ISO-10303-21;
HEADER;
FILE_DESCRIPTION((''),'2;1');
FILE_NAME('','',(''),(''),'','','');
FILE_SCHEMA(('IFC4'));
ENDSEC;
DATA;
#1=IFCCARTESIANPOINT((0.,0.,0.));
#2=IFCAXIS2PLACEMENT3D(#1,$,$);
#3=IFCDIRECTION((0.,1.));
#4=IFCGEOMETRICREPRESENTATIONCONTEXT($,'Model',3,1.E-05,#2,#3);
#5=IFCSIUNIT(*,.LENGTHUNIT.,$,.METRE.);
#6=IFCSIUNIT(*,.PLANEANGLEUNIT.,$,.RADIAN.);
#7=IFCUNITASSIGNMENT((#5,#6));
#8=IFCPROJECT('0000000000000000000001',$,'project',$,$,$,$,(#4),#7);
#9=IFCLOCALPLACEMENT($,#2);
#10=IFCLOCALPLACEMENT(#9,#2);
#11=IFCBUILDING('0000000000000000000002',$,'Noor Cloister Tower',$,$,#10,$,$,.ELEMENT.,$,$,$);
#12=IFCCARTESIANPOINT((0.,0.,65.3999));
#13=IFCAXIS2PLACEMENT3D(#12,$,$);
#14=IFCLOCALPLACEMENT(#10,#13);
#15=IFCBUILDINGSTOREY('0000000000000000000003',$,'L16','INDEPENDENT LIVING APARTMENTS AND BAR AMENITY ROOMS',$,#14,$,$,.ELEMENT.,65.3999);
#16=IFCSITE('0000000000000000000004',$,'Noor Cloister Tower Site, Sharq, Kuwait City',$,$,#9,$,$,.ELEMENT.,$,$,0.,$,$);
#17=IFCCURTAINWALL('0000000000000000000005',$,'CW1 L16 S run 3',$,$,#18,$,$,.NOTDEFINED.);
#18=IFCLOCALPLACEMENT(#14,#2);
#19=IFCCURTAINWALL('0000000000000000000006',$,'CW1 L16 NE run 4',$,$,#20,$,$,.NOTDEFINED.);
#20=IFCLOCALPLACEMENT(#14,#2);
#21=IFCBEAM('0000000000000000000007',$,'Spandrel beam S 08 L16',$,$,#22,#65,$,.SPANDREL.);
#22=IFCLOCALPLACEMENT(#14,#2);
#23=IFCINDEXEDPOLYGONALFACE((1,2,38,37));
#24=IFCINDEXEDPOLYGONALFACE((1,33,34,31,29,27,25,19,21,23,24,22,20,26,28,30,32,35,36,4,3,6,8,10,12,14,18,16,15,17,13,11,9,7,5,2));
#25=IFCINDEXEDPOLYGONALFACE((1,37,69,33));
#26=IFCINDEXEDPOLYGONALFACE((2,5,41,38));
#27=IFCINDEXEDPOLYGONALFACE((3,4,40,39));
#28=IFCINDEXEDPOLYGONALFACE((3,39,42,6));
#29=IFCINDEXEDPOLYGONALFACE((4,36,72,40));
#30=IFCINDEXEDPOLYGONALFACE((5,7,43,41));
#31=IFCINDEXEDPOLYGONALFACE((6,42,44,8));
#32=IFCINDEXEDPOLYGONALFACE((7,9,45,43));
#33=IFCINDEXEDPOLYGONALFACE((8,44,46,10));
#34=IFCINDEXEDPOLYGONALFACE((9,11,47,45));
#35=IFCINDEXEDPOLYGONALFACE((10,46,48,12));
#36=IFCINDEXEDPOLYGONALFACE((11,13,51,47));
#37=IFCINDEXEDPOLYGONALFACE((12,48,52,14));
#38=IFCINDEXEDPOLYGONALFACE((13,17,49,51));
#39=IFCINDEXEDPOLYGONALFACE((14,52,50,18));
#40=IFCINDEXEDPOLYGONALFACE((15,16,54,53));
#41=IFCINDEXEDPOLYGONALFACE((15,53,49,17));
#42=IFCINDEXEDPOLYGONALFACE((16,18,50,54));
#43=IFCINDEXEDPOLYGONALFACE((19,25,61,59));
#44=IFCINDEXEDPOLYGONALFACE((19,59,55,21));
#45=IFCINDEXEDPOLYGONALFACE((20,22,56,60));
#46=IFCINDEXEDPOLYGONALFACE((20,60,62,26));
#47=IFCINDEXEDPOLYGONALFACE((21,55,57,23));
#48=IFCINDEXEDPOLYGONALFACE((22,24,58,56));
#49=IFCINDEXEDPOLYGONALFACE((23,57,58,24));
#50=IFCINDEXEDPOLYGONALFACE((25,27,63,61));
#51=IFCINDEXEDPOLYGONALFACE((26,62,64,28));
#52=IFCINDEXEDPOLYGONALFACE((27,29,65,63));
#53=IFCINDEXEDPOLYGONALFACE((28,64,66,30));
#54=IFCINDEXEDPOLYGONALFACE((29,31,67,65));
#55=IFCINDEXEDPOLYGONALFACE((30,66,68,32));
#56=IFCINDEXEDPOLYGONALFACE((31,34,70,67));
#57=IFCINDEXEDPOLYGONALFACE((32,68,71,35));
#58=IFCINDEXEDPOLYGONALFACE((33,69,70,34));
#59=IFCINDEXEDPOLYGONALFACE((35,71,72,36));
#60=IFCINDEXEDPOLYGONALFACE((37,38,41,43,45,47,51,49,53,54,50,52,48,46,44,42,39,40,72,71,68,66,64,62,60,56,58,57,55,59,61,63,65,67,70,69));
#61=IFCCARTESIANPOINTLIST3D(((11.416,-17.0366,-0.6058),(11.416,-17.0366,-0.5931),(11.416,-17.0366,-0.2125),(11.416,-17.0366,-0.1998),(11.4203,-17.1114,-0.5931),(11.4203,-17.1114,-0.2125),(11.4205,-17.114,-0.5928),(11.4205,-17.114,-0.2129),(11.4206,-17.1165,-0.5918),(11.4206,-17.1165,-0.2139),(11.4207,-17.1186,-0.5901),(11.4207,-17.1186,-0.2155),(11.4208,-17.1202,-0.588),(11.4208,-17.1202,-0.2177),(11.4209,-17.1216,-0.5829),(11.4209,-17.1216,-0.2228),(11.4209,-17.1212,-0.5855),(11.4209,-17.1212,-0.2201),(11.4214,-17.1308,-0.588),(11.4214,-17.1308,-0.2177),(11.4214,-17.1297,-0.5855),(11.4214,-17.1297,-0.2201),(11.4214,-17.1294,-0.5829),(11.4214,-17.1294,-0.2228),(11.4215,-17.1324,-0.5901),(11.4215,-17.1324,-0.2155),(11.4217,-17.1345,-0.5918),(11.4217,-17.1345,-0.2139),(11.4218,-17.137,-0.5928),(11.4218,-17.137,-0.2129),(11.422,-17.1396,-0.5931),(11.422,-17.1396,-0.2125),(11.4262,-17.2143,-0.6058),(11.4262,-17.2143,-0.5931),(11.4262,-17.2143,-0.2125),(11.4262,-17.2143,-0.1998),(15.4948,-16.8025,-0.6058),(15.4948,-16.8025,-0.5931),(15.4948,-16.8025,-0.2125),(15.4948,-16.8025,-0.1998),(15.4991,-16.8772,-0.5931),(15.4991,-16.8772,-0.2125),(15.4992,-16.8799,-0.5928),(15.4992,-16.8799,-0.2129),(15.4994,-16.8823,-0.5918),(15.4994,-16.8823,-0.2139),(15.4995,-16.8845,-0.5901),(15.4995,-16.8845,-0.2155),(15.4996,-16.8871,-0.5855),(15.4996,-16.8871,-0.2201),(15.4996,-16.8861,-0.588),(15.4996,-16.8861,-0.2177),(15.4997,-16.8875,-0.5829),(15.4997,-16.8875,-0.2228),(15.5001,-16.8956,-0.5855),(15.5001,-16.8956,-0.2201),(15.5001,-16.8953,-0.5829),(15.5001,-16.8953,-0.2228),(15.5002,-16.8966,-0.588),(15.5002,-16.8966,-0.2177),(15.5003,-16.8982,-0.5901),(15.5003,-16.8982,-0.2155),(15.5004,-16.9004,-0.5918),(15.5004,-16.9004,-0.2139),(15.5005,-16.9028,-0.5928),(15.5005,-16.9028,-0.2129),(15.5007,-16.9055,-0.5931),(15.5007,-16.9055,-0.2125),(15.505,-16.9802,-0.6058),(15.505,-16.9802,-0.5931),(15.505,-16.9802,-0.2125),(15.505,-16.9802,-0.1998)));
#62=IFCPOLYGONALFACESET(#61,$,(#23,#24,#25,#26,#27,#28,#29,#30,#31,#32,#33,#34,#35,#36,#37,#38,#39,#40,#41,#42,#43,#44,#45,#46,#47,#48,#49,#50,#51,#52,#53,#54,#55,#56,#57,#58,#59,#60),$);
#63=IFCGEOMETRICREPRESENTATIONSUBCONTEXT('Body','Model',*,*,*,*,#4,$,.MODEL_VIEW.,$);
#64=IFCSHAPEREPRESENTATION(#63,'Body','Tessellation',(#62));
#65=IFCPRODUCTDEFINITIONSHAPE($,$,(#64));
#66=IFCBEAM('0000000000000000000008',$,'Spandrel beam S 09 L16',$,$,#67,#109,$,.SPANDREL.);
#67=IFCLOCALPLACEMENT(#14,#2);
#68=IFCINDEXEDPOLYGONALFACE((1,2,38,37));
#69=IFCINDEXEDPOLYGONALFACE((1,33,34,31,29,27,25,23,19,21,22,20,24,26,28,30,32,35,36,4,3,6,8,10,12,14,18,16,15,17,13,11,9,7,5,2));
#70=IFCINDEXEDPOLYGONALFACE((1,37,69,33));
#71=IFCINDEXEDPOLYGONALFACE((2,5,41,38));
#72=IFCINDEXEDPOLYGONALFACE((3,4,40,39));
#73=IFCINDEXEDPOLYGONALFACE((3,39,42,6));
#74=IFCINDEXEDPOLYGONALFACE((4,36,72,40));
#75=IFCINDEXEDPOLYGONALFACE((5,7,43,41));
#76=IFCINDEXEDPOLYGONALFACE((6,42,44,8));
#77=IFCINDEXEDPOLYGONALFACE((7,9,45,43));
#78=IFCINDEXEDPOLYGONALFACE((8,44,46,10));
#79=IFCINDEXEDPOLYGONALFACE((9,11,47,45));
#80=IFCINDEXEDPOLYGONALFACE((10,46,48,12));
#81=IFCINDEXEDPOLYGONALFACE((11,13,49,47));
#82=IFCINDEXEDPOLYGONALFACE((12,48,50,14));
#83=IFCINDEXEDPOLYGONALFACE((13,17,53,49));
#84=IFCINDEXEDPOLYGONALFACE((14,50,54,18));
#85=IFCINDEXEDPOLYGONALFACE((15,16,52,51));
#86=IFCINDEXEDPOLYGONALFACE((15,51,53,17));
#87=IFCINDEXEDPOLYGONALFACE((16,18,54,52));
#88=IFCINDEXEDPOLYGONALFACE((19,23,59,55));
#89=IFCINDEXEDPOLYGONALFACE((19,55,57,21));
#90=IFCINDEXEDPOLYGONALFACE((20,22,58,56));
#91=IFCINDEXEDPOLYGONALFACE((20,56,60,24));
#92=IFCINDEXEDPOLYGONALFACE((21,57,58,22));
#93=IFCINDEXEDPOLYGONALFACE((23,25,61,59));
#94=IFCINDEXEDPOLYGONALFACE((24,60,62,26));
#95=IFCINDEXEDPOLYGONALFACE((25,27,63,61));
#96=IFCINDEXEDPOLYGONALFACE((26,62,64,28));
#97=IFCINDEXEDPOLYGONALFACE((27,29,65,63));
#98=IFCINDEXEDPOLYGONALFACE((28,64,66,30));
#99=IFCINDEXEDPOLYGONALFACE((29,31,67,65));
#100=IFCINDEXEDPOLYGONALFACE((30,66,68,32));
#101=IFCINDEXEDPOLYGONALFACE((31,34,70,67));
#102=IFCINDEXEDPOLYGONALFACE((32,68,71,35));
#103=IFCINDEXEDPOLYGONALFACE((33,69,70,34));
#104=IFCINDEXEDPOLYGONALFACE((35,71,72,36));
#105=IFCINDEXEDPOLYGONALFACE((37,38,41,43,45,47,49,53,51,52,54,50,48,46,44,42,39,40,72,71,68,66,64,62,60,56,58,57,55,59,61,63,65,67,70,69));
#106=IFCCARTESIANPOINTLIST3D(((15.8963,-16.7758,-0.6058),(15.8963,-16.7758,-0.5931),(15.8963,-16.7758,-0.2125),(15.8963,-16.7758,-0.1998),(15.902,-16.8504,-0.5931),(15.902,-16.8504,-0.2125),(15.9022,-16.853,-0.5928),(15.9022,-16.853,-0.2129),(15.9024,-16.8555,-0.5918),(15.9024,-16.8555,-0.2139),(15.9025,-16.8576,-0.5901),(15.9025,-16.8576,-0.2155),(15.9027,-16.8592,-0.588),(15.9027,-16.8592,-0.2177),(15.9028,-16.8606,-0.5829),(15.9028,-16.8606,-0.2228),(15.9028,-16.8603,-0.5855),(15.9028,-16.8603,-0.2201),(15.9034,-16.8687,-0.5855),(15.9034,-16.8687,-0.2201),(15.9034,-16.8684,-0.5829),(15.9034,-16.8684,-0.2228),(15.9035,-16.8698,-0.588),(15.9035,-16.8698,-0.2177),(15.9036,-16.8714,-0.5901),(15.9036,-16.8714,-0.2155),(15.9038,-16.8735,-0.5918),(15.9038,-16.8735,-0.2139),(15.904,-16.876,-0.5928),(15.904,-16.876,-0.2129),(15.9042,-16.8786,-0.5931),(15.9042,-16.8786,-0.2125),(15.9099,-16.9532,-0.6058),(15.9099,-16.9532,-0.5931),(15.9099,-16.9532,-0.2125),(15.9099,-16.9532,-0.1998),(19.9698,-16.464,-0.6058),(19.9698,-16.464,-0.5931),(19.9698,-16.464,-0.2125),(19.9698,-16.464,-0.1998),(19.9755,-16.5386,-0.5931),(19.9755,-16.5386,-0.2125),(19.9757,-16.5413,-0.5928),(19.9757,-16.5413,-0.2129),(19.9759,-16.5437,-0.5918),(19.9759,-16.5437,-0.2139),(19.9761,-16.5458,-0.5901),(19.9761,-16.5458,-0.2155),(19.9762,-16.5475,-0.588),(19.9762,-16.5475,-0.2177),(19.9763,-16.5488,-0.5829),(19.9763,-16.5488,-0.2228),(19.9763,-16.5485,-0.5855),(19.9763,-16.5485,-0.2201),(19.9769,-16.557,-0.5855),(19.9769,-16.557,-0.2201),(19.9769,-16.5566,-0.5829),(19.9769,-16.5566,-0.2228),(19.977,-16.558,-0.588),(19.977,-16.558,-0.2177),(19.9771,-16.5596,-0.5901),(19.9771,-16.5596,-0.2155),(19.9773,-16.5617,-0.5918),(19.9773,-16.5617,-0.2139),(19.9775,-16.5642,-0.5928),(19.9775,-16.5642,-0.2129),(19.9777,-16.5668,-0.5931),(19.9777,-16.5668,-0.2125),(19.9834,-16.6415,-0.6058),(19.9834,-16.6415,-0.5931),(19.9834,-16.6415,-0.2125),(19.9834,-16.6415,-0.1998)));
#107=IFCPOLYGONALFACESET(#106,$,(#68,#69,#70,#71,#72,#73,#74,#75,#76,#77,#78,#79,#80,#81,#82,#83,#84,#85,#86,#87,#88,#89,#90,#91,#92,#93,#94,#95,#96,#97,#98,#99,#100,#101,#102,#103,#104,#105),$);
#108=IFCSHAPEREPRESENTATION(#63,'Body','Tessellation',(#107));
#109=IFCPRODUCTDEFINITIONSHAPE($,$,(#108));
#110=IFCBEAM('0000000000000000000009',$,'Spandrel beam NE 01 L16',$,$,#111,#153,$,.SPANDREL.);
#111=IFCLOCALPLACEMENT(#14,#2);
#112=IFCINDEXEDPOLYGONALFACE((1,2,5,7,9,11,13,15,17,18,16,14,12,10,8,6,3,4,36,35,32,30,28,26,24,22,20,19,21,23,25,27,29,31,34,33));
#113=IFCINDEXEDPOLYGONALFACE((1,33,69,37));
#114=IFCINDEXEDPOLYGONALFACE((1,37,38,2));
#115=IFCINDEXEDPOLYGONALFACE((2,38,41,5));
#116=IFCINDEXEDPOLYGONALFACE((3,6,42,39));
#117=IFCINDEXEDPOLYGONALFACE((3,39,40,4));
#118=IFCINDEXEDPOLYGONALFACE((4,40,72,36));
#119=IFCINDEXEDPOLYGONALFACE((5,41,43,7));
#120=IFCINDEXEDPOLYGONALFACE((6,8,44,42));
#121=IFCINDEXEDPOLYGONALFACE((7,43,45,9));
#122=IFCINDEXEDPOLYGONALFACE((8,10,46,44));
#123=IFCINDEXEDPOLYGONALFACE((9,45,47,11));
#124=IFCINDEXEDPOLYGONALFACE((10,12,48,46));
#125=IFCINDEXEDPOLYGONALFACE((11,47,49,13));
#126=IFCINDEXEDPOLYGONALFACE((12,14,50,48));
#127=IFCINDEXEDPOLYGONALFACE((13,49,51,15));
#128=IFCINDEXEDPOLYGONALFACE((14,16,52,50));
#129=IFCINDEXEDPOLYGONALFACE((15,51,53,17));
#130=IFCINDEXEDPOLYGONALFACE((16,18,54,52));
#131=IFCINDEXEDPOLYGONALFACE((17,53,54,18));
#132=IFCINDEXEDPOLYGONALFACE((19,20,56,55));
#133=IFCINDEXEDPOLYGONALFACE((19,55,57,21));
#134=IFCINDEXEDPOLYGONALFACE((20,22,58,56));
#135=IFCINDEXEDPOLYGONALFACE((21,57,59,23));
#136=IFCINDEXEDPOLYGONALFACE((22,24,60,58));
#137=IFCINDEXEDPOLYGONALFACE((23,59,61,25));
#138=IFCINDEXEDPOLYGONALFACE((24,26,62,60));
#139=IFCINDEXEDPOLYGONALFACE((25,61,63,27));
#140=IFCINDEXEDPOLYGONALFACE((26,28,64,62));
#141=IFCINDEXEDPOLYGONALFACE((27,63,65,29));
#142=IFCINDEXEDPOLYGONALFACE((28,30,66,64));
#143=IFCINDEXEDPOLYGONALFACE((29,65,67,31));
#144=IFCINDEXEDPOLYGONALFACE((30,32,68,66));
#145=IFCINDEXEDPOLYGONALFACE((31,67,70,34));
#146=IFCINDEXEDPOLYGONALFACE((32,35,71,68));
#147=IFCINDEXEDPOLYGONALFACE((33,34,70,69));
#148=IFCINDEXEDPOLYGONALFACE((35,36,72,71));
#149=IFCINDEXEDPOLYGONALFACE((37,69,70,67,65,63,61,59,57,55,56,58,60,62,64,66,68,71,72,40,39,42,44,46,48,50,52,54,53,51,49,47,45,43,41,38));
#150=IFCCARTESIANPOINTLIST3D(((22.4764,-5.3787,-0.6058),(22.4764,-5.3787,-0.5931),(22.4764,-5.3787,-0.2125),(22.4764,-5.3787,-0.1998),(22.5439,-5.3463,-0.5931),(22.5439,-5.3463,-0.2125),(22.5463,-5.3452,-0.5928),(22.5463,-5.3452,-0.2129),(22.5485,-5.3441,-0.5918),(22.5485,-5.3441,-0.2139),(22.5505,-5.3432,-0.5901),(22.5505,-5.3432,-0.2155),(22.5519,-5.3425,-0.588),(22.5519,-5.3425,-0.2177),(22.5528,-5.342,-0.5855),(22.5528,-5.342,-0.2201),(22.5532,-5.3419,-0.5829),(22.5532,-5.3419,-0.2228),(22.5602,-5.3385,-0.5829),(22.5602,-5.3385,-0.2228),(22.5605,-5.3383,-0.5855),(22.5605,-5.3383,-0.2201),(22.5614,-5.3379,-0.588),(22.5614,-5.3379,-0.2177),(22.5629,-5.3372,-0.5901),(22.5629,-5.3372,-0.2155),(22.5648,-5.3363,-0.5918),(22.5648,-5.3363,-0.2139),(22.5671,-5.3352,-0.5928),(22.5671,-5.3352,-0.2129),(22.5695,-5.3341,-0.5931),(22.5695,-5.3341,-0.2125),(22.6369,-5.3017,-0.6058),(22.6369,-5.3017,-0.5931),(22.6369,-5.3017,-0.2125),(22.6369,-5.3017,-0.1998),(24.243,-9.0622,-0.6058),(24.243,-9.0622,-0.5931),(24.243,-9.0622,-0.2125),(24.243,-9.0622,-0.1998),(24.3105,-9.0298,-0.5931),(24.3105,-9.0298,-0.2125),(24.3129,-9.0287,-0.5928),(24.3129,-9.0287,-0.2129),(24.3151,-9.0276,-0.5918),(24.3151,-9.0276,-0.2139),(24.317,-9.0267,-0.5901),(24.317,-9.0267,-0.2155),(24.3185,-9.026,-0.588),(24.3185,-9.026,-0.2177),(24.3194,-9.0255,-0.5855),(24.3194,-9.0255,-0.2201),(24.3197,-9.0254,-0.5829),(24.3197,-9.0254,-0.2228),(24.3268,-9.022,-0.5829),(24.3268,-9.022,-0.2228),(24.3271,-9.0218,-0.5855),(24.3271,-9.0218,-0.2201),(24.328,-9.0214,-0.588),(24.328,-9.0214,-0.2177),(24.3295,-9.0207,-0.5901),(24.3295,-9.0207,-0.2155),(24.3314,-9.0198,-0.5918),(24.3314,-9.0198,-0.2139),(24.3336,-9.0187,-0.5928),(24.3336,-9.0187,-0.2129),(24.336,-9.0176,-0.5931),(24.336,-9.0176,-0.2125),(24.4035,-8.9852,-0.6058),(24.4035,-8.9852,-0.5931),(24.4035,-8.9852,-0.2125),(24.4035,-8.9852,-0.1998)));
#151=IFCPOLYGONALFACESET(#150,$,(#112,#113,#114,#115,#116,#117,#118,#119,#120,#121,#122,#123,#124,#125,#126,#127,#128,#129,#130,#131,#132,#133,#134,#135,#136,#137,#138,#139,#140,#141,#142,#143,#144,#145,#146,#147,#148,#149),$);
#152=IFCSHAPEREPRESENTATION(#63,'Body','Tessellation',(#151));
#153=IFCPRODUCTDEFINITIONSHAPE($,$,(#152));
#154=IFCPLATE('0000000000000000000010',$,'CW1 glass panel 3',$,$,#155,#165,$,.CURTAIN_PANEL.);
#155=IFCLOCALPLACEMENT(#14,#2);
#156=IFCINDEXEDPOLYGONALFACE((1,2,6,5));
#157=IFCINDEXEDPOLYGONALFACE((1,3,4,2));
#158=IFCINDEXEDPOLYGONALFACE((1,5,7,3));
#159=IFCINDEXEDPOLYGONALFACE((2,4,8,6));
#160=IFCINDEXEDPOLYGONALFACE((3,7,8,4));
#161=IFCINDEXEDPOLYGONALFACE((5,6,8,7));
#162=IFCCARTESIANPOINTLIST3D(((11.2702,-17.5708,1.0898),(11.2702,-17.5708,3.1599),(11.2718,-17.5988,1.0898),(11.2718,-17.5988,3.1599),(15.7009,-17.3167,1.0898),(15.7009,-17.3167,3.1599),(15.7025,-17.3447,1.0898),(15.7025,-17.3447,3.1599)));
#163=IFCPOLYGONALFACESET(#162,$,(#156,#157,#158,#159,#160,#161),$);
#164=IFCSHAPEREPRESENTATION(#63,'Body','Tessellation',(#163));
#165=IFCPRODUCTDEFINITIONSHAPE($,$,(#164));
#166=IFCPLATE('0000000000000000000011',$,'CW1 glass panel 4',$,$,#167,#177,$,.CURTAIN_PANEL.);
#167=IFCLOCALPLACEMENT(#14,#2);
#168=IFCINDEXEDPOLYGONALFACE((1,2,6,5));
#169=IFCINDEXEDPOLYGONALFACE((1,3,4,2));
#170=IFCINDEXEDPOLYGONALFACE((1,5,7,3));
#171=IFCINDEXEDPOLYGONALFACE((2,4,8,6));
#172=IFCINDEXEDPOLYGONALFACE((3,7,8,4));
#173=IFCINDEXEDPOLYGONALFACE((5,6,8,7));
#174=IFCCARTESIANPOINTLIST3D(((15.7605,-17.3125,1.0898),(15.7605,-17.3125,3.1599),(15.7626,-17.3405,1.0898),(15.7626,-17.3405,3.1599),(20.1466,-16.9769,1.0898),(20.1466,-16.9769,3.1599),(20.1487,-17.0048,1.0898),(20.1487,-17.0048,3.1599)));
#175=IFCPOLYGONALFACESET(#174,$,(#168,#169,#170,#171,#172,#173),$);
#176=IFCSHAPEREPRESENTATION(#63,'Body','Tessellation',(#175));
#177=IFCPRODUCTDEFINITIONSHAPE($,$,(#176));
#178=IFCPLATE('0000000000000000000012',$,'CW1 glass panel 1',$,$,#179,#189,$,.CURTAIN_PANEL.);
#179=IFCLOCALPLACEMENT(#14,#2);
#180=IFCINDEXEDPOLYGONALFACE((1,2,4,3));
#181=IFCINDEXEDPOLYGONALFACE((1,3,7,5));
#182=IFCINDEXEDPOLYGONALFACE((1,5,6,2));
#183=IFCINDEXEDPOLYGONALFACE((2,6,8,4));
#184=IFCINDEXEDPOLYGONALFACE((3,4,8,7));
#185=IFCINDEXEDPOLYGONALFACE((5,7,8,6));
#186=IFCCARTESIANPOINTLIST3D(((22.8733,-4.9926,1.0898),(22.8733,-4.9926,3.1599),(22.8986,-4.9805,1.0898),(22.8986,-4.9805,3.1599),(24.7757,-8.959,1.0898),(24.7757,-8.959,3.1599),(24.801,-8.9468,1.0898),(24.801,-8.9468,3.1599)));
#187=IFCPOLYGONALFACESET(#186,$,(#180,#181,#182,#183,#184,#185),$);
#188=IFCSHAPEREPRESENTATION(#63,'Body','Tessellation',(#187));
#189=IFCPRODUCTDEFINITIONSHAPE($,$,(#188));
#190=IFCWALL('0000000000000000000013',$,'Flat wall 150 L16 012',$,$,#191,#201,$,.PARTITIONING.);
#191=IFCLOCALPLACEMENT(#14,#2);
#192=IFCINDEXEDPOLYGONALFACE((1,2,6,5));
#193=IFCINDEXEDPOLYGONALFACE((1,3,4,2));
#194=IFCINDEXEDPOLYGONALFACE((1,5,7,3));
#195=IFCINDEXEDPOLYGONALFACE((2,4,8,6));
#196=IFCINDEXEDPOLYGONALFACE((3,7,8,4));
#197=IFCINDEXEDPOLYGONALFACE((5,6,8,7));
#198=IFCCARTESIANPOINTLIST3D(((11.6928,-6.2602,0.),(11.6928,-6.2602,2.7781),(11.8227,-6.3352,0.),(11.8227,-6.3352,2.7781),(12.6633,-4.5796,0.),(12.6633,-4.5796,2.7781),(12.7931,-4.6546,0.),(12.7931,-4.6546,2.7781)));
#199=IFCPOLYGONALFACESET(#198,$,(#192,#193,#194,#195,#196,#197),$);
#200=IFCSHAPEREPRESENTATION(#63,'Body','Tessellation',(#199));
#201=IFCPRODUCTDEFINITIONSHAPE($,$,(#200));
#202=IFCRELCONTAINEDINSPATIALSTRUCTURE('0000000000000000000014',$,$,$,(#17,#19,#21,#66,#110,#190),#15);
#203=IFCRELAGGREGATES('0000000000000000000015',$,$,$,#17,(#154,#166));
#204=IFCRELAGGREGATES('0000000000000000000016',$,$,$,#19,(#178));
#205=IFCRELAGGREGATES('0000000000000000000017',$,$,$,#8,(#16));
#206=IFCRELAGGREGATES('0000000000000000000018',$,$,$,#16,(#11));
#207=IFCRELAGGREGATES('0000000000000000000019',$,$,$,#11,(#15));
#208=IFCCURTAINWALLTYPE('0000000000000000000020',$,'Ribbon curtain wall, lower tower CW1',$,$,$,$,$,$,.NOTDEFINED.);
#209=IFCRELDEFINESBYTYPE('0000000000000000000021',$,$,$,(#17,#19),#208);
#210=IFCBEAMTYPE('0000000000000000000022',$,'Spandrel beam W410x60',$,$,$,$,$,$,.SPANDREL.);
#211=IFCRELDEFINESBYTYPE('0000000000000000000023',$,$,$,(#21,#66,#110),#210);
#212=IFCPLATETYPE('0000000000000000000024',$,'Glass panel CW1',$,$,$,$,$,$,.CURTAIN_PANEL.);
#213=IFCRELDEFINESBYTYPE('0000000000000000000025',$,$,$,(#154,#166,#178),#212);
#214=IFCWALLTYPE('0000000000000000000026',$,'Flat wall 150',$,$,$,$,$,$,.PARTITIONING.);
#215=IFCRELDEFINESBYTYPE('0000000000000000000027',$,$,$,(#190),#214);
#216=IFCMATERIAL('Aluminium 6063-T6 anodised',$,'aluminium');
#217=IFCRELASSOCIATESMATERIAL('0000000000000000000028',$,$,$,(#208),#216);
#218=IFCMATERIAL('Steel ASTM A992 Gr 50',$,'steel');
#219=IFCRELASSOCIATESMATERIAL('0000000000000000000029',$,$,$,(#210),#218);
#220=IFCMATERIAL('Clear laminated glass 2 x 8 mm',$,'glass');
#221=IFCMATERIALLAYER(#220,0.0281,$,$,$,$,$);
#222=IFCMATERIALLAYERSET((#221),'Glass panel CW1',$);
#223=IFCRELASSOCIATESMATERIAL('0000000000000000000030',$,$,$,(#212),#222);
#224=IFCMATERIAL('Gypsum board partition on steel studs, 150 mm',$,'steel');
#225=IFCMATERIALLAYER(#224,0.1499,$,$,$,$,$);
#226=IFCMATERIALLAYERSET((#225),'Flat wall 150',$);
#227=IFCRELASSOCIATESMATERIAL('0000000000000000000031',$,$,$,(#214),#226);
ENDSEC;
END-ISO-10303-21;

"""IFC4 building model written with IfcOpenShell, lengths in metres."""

from ifc_helpers import new_model, si_unit, direction, frame, frame_2d, origin, origin_2d, place, context, subcontext, project, spatial, rectangle, i_section, extrude, material, layer, layer_set, material_profile, profile_set, type_object, element, aggregate, save


model = new_model("IFC4")

# Units and contexts
model_context = context("Model", 3, precision=1e-05, world=origin(), true_north=direction((0.0, 1.0)))
body_context = subcontext(model_context, "Body", "Model", "MODEL_VIEW")
ifc_project = project(units=[si_unit("LENGTHUNIT", "METRE"), si_unit("PLANEANGLEUNIT", "RADIAN")], contexts=[model_context])

# Site, building, storey
site_placement = place(None, origin())
site = spatial("IfcSite", under=ifc_project, at=site_placement, Name="Noor Cloister Tower Site, Sharq, Kuwait City", CompositionType="ELEMENT", RefElevation=0.0)
building_placement = place(site_placement, origin())
building = spatial("IfcBuilding", under=site, at=building_placement, Name="Noor Cloister Tower", CompositionType="ELEMENT")
storey_placement = place(building_placement, frame((0.0, 0.0, 65.3999)))
storey = spatial("IfcBuildingStorey", under=building, at=storey_placement, Name="L16", Description="INDEPENDENT LIVING APARTMENTS AND BAR AMENITY ROOMS", CompositionType="ELEMENT", Elevation=65.3999)

# Curtain wall
ifc_material_1 = material(Name="Aluminium 6063-T6 anodised", Category="aluminium")
curtain_wall_type = type_object("IfcCurtainWallType", Name="Ribbon curtain wall, lower tower CW1", PredefinedType="NOTDEFINED", material=ifc_material_1)
curtain_wall_1_placement = place(storey_placement, origin())
curtain_wall_1 = element("IfcCurtainWall", 1, at=curtain_wall_1_placement, inside=storey, type_object=curtain_wall_type, Name="CW1 L16 S run 3", PredefinedType="NOTDEFINED")

# Curtain wall
curtain_wall_2_placement = place(storey_placement, origin())
curtain_wall_2 = element("IfcCurtainWall", 2, at=curtain_wall_2_placement, inside=storey, type_object=curtain_wall_type, Name="CW1 L16 NE run 4", PredefinedType="NOTDEFINED")

# Beams
ifc_material_2 = material(Name="Steel ASTM A992 Gr 50", Category="steel")
ifc_material_profile_1 = material_profile(ifc_material_2, i_section(OverallWidth=0.178, OverallDepth=0.406, WebThickness=0.0078, FlangeThickness=0.0127, FilletRadius=0.0103, at=origin_2d()), Name="W410x60")
ifc_profile_set_1 = profile_set([ifc_material_profile_1], Name="Steel ASTM A992 Gr 50")
beam_type_1 = type_object("IfcBeamType", Name="Spandrel beam W410x60", PredefinedType="SPANDREL", material=ifc_profile_set_1)
for number, where, z_axis, x_axis, name in (
    (3, (11.4211, -17.1255, -0.4028), (0.998356, 0.05731, 0.0), (-0.05731, 0.998356, 0.0), "Spandrel beam S 08 L16"),
    (4, (15.9031, -16.8645, -0.4028), (0.997084, 0.076313, 0.0), (-0.076313, 0.997084, 0.0), "Spandrel beam S 09 L16"),
):
    element("IfcBeam", number, at=place(storey_placement, frame(where, z_axis=z_axis, x_axis=x_axis)), inside=storey, type_object=beam_type_1, Name=name, PredefinedType="SPANDREL", context=body_context, shape_type="SweptSolid", body=[
        extrude(i_section(OverallWidth=0.178, OverallDepth=0.406, WebThickness=0.0078, FlangeThickness=0.0127, FilletRadius=0.0103, at=origin_2d()), origin(), (0.0, 0.0, 1.0), 4.0854),
    ])
beam_1_placement = place(storey_placement, frame((24.3232, -9.0237, -0.4028), z_axis=(-0.432428, 0.901668, 0.0), x_axis=(-0.901668, -0.432428, 0.0)))
element("IfcBeam", 5, at=beam_1_placement, inside=storey, type_object=beam_type_1, Name="Spandrel beam NE 01 L16", PredefinedType="SPANDREL", context=body_context, shape_type="SweptSolid", body=[
    extrude(i_section(OverallWidth=0.178, OverallDepth=0.406, WebThickness=0.0078, FlangeThickness=0.0127, FilletRadius=0.0103, at=origin_2d()), origin(), (0.0, 0.0, 1.0), 4.0852),
])

# Plates
ifc_material_3 = material(Name="Clear laminated glass 2 x 8 mm", Category="glass")
ifc_layer_1 = layer(ifc_material_3, 0.0281)
ifc_layer_set_1 = layer_set([ifc_layer_1], Name="Glass panel CW1")
plate_type = type_object("IfcPlateType", Name="Glass panel CW1", PredefinedType="CURTAIN_PANEL", material=ifc_layer_set_1)
plate_1_placement = place(storey_placement, frame((13.4863, -17.4578, 1.0898), z_axis=(0.0, 0.0, 1.0), x_axis=(0.998359, 0.057258, 0.0)))
plate_1 = element("IfcPlate", 6, at=plate_1_placement, type_object=plate_type, Name="CW1 glass panel 3", PredefinedType="CURTAIN_PANEL", context=body_context, shape_type="SweptSolid", body=[
    extrude(rectangle(XDim=4.438, YDim=0.0281, at=origin_2d()), origin(), (0.0, 0.0, 1.0), 2.0701),
])
plate_2_placement = place(storey_placement, frame((17.9546, -17.1587, 1.0898), z_axis=(0.0, 0.0, 1.0), x_axis=(0.997084, 0.076311, 0.0)))
plate_2 = element("IfcPlate", 7, at=plate_2_placement, type_object=plate_type, Name="CW1 glass panel 4", PredefinedType="CURTAIN_PANEL", context=body_context, shape_type="SweptSolid", body=[
    extrude(rectangle(XDim=4.3989, YDim=0.0281, at=origin_2d()), origin(), (0.0, 0.0, 1.0), 2.0701),
])
aggregate(curtain_wall_1, [plate_1, plate_2])
plate_3_placement = place(storey_placement, frame((23.8372, -6.9697, 1.0898), z_axis=(0.0, 0.0, 1.0), x_axis=(-0.432455, 0.901656, 0.0)))
plate_3 = element("IfcPlate", 8, at=plate_3_placement, type_object=plate_type, Name="CW1 glass panel 1", PredefinedType="CURTAIN_PANEL", context=body_context, shape_type="SweptSolid", body=[
    extrude(rectangle(XDim=4.3989, YDim=0.0281, at=origin_2d()), origin(), (0.0, 0.0, 1.0), 2.0701),
])
aggregate(curtain_wall_2, [plate_3])

# Wall
ifc_material_4 = material(Name="Gypsum board partition on steel studs, 150 mm", Category="steel")
ifc_layer_2 = layer(ifc_material_4, 0.1499)
ifc_layer_set_2 = layer_set([ifc_layer_2], Name="Flat wall 150")
wall_type_1 = type_object("IfcWallType", Name="Flat wall 150", PredefinedType="PARTITIONING", material=ifc_layer_set_2)
wall_1_placement = place(storey_placement, frame((11.7578, -6.2976, 0.0), z_axis=(0.0, 0.0, 1.0), x_axis=(0.500049, 0.865997, 0.0)))
element("IfcWall", 9, at=wall_1_placement, inside=storey, type_object=wall_type_1, Name="Flat wall 150 L16 012", PredefinedType="PARTITIONING", context=body_context, shape_type="SweptSolid", body=[
    extrude(rectangle(XDim=1.9407, YDim=0.1499, at=frame_2d((0.9702, 0.0))), origin(), (0.0, 0.0, 1.0), 2.7781),
])

save(model, "model.ifc")
